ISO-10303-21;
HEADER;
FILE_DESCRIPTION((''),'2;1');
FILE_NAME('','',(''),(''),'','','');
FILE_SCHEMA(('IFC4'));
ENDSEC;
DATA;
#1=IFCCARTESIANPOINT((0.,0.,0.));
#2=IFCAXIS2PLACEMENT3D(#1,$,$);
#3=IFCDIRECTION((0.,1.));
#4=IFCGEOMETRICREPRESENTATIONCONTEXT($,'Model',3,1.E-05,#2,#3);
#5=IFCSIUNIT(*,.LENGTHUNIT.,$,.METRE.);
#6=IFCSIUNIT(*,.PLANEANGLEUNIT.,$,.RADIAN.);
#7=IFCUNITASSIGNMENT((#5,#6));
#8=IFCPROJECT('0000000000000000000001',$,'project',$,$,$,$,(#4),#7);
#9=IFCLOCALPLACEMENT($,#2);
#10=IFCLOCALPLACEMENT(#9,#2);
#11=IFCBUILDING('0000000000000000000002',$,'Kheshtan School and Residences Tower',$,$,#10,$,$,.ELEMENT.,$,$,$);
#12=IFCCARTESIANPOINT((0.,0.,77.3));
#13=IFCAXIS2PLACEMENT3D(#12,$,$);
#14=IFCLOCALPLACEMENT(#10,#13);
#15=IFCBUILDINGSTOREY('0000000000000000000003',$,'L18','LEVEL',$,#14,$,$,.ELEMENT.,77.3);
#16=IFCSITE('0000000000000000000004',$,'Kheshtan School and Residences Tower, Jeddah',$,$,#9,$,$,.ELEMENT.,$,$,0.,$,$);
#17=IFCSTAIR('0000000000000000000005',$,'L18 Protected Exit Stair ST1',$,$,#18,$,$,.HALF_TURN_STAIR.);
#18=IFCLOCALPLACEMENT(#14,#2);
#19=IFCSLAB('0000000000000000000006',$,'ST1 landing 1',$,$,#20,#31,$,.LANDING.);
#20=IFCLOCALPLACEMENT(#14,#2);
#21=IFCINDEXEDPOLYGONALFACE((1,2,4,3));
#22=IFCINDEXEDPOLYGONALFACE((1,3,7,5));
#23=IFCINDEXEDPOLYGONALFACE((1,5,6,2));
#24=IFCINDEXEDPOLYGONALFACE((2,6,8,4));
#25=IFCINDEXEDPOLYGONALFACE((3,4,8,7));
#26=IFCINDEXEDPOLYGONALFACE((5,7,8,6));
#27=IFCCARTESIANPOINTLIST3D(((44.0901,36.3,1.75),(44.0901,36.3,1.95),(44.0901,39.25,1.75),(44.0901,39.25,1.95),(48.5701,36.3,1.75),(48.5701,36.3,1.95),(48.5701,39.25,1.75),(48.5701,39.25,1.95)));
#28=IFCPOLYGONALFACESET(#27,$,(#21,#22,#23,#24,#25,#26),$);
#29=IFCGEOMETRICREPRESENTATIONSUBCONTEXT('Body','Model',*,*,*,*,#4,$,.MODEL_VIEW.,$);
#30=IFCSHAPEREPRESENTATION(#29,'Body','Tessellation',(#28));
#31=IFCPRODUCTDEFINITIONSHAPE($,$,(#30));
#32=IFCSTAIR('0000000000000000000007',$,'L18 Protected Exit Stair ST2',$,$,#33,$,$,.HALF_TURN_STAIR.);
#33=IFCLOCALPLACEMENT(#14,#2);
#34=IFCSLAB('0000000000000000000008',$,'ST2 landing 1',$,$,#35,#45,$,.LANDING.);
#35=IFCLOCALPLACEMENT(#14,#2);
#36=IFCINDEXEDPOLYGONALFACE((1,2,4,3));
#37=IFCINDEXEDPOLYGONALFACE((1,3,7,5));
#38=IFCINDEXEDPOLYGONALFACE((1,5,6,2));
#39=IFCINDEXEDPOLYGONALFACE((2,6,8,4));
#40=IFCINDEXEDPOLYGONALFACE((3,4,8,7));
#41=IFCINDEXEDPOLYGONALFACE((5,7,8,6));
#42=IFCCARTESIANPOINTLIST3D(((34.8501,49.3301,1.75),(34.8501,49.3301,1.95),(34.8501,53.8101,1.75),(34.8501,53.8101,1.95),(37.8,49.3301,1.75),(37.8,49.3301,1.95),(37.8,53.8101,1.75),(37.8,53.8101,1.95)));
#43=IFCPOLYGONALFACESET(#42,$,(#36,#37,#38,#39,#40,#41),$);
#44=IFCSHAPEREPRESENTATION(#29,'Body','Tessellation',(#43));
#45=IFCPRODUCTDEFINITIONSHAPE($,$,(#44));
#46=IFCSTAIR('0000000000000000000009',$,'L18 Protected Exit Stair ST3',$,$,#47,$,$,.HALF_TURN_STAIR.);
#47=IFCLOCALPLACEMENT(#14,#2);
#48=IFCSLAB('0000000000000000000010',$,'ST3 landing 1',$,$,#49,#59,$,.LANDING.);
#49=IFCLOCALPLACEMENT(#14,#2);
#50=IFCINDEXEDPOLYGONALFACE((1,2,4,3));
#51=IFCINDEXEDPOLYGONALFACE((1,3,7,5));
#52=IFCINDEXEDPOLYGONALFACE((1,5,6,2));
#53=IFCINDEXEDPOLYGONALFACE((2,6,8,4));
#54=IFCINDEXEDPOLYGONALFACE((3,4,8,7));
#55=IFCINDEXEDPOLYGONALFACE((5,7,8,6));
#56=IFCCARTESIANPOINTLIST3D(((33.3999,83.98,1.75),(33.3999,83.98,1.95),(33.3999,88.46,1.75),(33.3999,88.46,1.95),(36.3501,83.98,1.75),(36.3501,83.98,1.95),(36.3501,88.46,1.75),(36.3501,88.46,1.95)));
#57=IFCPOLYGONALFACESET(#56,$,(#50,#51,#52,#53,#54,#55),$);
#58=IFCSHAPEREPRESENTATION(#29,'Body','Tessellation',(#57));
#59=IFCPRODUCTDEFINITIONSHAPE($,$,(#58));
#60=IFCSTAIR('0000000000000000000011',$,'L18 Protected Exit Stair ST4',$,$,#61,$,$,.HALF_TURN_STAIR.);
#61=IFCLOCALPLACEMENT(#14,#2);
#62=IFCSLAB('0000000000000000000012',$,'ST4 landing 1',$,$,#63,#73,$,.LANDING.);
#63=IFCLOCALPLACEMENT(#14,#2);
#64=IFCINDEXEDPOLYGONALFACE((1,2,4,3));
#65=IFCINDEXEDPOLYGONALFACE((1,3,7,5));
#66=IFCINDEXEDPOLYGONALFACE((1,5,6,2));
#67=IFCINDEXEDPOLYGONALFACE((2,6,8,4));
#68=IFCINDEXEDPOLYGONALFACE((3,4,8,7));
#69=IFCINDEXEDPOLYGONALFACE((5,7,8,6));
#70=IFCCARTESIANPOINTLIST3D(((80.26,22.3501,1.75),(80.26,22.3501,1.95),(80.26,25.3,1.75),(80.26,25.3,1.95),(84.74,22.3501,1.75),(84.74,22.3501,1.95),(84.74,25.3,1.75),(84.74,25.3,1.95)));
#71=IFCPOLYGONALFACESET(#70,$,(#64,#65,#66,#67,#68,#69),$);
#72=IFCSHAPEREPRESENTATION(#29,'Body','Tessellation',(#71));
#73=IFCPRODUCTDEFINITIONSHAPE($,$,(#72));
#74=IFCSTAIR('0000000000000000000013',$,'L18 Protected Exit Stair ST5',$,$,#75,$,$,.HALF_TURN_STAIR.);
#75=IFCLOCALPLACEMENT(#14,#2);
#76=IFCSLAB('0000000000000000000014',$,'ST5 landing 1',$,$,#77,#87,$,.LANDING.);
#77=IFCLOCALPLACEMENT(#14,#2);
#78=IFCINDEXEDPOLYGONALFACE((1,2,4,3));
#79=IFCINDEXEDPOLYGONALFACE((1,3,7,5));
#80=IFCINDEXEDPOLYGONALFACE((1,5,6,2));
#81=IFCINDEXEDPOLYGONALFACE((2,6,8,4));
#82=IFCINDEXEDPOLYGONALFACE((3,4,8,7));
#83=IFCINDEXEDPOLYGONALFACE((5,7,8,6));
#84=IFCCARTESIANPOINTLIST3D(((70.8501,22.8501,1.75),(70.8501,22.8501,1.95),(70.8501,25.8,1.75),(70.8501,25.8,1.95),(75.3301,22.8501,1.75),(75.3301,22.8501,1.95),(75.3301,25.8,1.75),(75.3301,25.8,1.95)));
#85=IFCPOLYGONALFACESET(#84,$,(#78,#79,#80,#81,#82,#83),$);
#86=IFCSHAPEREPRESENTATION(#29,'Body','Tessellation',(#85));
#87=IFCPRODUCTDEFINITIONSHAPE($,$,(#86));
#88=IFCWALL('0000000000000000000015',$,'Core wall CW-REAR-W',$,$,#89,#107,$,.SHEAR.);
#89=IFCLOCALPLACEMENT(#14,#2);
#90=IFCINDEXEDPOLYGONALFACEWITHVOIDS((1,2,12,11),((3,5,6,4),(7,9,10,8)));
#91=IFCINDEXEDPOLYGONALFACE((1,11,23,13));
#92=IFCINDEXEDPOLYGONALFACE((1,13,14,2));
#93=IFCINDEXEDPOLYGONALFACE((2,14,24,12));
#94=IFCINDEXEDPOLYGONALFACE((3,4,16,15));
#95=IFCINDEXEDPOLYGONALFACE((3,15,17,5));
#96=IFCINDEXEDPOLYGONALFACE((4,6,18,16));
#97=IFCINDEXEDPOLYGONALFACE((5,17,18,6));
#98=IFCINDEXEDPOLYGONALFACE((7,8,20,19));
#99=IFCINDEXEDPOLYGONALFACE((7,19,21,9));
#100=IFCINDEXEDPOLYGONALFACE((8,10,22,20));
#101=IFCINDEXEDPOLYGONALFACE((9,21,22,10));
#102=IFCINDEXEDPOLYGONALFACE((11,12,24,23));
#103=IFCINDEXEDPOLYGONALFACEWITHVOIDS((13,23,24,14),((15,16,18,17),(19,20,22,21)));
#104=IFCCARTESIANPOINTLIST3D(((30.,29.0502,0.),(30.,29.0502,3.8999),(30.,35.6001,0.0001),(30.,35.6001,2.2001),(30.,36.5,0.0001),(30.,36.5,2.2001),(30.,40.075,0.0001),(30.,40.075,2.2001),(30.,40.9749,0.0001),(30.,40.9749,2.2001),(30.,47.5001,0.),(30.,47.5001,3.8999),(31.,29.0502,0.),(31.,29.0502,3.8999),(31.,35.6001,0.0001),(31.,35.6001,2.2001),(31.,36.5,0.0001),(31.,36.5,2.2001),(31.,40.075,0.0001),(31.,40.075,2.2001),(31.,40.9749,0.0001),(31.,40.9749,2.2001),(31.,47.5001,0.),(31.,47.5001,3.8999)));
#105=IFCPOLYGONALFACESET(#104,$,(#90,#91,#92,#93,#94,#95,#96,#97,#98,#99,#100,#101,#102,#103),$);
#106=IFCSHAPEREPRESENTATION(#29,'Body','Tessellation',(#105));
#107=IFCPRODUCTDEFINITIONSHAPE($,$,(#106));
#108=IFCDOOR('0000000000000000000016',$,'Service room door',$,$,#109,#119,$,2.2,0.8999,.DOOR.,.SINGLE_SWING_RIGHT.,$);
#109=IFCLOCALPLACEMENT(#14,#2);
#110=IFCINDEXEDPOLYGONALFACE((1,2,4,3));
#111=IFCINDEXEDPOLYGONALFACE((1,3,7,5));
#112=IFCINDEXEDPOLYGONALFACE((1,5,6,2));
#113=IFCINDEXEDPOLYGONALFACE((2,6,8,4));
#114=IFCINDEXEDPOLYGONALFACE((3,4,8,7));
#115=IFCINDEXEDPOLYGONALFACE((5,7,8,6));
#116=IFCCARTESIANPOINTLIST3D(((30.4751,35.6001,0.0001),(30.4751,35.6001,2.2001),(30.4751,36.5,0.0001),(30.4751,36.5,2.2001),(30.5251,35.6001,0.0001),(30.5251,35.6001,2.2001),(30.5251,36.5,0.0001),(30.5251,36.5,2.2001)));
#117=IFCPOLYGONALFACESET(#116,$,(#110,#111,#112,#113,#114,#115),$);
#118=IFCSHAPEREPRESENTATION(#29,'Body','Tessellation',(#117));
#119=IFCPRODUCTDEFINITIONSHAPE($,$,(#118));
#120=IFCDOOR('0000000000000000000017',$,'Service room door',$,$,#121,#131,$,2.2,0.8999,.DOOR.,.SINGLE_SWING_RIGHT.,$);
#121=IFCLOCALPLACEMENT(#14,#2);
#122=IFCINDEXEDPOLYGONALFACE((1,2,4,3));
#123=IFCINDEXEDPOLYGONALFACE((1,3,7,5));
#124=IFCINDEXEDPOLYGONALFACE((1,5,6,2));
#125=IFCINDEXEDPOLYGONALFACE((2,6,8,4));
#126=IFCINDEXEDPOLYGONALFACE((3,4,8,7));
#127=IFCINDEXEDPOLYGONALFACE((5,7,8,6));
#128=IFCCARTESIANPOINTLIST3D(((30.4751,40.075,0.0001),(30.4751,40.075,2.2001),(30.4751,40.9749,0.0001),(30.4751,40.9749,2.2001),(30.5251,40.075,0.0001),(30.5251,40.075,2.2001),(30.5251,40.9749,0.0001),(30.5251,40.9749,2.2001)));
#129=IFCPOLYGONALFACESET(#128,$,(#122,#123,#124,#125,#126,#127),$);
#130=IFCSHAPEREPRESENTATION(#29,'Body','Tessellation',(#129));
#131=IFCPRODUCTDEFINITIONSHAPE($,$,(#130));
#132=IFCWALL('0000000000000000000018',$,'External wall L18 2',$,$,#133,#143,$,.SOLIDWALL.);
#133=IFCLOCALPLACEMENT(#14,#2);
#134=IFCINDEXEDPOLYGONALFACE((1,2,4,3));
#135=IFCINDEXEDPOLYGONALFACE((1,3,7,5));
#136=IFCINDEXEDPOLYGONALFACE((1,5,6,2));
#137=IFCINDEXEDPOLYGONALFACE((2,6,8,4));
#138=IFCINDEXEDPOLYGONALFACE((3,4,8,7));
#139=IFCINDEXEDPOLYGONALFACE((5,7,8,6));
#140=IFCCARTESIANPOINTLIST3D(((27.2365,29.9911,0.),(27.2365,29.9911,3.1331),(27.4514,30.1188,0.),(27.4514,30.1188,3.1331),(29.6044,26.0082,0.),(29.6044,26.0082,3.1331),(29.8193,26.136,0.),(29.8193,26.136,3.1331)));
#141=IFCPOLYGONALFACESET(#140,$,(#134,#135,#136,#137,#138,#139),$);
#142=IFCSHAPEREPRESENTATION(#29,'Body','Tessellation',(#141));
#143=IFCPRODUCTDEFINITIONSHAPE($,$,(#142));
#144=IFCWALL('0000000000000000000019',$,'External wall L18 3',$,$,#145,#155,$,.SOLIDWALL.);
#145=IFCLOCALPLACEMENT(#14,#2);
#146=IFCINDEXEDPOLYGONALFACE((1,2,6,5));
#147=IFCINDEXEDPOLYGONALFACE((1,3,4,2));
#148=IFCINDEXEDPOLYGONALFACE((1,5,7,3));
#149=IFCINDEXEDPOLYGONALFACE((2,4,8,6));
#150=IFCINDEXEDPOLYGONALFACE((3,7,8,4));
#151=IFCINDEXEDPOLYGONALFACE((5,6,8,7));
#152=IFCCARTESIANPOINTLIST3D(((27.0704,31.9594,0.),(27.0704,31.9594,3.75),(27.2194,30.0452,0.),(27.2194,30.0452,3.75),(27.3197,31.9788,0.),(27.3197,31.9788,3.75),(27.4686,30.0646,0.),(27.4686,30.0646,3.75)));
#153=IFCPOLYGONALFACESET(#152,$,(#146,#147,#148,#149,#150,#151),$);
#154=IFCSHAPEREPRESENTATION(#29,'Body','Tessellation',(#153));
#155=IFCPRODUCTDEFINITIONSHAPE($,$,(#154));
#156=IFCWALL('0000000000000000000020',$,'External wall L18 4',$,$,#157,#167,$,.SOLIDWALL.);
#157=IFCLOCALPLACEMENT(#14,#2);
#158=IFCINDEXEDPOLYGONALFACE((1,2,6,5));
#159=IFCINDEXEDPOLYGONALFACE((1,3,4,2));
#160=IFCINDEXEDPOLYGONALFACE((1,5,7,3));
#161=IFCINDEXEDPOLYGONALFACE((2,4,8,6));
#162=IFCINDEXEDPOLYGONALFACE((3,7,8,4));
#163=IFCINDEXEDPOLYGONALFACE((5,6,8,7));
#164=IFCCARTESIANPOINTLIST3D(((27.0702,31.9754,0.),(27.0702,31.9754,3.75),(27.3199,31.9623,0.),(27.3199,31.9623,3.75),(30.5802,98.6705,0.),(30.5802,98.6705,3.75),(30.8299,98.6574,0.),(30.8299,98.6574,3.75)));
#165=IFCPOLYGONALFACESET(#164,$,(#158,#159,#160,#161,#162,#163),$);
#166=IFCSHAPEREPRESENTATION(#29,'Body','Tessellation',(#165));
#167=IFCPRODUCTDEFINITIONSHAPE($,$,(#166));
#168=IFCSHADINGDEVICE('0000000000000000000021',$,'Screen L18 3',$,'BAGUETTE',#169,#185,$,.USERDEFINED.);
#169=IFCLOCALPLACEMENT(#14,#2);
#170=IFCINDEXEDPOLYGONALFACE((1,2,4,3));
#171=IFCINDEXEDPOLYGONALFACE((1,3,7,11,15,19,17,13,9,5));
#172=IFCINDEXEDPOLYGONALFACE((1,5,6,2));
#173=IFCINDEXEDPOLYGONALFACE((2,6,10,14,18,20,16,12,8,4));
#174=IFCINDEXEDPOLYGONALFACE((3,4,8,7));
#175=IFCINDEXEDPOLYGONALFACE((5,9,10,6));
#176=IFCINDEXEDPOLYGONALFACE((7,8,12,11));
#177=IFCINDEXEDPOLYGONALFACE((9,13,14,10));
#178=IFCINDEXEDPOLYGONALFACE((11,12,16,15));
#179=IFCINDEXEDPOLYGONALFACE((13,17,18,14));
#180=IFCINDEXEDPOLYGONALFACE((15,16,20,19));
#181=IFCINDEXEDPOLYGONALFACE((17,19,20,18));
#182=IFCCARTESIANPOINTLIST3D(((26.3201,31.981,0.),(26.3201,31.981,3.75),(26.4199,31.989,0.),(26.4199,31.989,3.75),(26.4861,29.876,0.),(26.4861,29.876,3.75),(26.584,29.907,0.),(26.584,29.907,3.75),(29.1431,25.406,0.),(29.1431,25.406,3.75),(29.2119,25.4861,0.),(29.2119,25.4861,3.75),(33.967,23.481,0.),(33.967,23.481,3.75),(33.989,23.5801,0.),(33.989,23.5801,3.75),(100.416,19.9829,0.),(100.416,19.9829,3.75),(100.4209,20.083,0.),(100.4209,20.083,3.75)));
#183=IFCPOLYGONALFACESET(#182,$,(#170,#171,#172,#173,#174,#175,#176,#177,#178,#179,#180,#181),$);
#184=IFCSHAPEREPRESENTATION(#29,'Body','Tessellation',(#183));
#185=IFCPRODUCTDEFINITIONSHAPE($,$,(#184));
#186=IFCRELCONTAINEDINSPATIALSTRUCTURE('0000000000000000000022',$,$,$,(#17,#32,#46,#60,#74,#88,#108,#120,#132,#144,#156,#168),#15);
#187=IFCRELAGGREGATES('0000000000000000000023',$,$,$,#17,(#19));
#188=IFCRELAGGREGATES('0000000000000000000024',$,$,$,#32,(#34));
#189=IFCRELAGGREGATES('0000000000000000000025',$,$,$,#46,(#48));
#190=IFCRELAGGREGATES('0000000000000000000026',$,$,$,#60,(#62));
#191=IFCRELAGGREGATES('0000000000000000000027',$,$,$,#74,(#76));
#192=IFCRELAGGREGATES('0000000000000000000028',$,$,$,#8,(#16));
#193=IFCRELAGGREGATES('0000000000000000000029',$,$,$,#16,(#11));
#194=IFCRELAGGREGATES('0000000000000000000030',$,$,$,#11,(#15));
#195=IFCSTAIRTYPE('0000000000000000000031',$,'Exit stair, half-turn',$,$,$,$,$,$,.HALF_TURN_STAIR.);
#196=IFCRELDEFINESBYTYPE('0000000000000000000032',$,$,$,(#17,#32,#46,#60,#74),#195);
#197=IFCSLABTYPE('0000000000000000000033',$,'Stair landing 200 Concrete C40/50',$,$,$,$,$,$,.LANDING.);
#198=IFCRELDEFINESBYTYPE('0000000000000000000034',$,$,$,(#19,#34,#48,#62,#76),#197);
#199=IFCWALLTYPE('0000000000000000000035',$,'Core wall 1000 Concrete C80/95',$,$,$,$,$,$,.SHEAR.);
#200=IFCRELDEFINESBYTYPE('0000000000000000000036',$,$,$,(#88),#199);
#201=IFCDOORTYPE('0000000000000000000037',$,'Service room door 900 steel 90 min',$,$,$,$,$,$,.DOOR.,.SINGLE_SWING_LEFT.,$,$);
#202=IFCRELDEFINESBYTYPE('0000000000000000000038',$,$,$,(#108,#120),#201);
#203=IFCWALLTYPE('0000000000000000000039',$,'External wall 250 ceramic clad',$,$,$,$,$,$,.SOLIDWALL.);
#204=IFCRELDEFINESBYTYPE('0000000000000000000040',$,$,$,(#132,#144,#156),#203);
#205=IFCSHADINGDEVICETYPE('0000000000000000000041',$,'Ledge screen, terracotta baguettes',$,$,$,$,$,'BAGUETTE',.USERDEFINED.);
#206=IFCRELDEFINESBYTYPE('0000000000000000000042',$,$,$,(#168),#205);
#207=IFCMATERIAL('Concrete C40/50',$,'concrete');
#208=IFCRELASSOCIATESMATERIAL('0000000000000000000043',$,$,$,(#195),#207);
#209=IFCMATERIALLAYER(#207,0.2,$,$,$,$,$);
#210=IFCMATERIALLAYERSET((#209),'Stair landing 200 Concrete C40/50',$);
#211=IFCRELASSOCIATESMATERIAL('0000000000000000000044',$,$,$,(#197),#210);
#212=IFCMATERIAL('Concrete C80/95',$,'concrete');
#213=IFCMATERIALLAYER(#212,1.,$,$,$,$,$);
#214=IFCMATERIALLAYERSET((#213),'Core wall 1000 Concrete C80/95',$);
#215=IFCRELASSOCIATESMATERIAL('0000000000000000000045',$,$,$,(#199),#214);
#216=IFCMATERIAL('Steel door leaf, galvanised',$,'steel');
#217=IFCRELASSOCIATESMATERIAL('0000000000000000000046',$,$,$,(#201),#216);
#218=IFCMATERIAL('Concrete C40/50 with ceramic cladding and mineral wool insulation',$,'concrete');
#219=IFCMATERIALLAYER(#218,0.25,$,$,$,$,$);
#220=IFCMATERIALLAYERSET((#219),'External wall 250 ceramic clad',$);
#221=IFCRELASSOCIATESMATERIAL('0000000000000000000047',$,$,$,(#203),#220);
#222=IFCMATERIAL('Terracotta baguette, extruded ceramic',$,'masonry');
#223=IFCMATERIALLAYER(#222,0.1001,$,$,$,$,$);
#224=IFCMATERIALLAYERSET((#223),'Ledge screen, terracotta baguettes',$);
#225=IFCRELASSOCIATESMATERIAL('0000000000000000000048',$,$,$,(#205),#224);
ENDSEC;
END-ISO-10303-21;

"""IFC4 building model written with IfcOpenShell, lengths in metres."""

from ifc_helpers import new_model, si_unit, direction, frame, frame_2d, origin, place, context, subcontext, project, spatial, polyline, rectangle, outline, extrude, source, transform, mapped, material, layer, layer_set, type_object, element, fill, aggregate, save


model = new_model("IFC4")

# Units and contexts
model_context = context("Model", 3, precision=1e-05, world=origin(), true_north=direction((0.0, 1.0)))
body_context = subcontext(model_context, "Body", "Model", "MODEL_VIEW")
ifc_project = project(units=[si_unit("LENGTHUNIT", "METRE"), si_unit("PLANEANGLEUNIT", "RADIAN")], contexts=[model_context])

# Site, building, storey
site_placement = place(None, origin())
site = spatial("IfcSite", under=ifc_project, at=site_placement, Name="Kheshtan School and Residences Tower, Jeddah", CompositionType="ELEMENT", RefElevation=0.0)
building_placement = place(site_placement, origin())
building = spatial("IfcBuilding", under=site, at=building_placement, Name="Kheshtan School and Residences Tower", CompositionType="ELEMENT")
storey_placement = place(building_placement, frame((0.0, 0.0, 77.3)))
storey = spatial("IfcBuildingStorey", under=building, at=storey_placement, Name="L18", Description="LEVEL", CompositionType="ELEMENT", Elevation=77.3)

# Shared definitions
ifc_material_1 = material(Name="Concrete C40/50", Category="concrete")

# Stairs, slabs
stair_type = type_object("IfcStairType", Name="Exit stair, half-turn", PredefinedType="HALF_TURN_STAIR", material=ifc_material_1)
stair_1_placement = place(storey_placement, origin())
stair_1 = element("IfcStair", 1, at=stair_1_placement, inside=storey, type_object=stair_type, Name="L18 Protected Exit Stair ST1", PredefinedType="HALF_TURN_STAIR")
ifc_layer_1 = layer(ifc_material_1, 0.2)
ifc_layer_set_1 = layer_set([ifc_layer_1], Name="Stair landing 200 Concrete C40/50")
slab_type_1 = type_object("IfcSlabType", Name="Stair landing 200 Concrete C40/50", PredefinedType="LANDING", material=ifc_layer_set_1)
slab_1_placement = place(storey_placement, frame((0.0, 0.0, 1.75)))
slab_1 = element("IfcSlab", 2, at=slab_1_placement, type_object=slab_type_1, Name="ST1 landing 1", PredefinedType="LANDING", context=body_context, shape_type="SweptSolid", body=[
    extrude(outline(polyline([(48.5701, 39.25), (44.0901, 39.25), (44.0901, 36.3), (48.5701, 36.3), (48.5701, 39.25)])), origin(), (0.0, 0.0, 1.0), 0.2),
])
aggregate(stair_1, [slab_1])
stair_2_placement = place(storey_placement, origin())
stair_2 = element("IfcStair", 3, at=stair_2_placement, inside=storey, type_object=stair_type, Name="L18 Protected Exit Stair ST2", PredefinedType="HALF_TURN_STAIR")
slab_2_placement = place(storey_placement, frame((0.0, 0.0, 1.75)))
slab_2 = element("IfcSlab", 4, at=slab_2_placement, type_object=slab_type_1, Name="ST2 landing 1", PredefinedType="LANDING", context=body_context, shape_type="SweptSolid", body=[
    extrude(outline(polyline([(37.8, 49.3301), (37.8, 53.8101), (34.8501, 53.8101), (34.8501, 49.3301), (37.8, 49.3301)])), origin(), (0.0, 0.0, 1.0), 0.2),
])
aggregate(stair_2, [slab_2])
stair_3_placement = place(storey_placement, origin())
stair_3 = element("IfcStair", 5, at=stair_3_placement, inside=storey, type_object=stair_type, Name="L18 Protected Exit Stair ST3", PredefinedType="HALF_TURN_STAIR")
slab_3_placement = place(storey_placement, frame((0.0, 0.0, 1.75)))
slab_3 = element("IfcSlab", 6, at=slab_3_placement, type_object=slab_type_1, Name="ST3 landing 1", PredefinedType="LANDING", context=body_context, shape_type="SweptSolid", body=[
    extrude(outline(polyline([(36.3501, 83.98), (36.3501, 88.46), (33.3999, 88.46), (33.3999, 83.98), (36.3501, 83.98)])), origin(), (0.0, 0.0, 1.0), 0.2),
])
aggregate(stair_3, [slab_3])
stair_4_placement = place(storey_placement, origin())
stair_4 = element("IfcStair", 7, at=stair_4_placement, inside=storey, type_object=stair_type, Name="L18 Protected Exit Stair ST4", PredefinedType="HALF_TURN_STAIR")
slab_4_placement = place(storey_placement, frame((0.0, 0.0, 1.75)))
slab_4 = element("IfcSlab", 8, at=slab_4_placement, type_object=slab_type_1, Name="ST4 landing 1", PredefinedType="LANDING", context=body_context, shape_type="SweptSolid", body=[
    extrude(outline(polyline([(84.74, 25.3), (80.26, 25.3), (80.26, 22.3501), (84.74, 22.3501), (84.74, 25.3)])), origin(), (0.0, 0.0, 1.0), 0.2),
])
aggregate(stair_4, [slab_4])
stair_5_placement = place(storey_placement, origin())
stair_5 = element("IfcStair", 9, at=stair_5_placement, inside=storey, type_object=stair_type, Name="L18 Protected Exit Stair ST5", PredefinedType="HALF_TURN_STAIR")
slab_5_placement = place(storey_placement, frame((0.0, 0.0, 1.75)))
slab_5 = element("IfcSlab", 10, at=slab_5_placement, type_object=slab_type_1, Name="ST5 landing 1", PredefinedType="LANDING", context=body_context, shape_type="SweptSolid", body=[
    extrude(outline(polyline([(75.3301, 25.8), (70.8501, 25.8), (70.8501, 22.8501), (75.3301, 22.8501), (75.3301, 25.8)])), origin(), (0.0, 0.0, 1.0), 0.2),
])
aggregate(stair_5, [slab_5])

# Wall, openings, doors
ifc_material_2 = material(Name="Concrete C80/95", Category="concrete")
ifc_layer_2 = layer(ifc_material_2, 1.0)
ifc_layer_set_2 = layer_set([ifc_layer_2], Name="Core wall 1000 Concrete C80/95")
wall_type_1 = type_object("IfcWallType", Name="Core wall 1000 Concrete C80/95", PredefinedType="SHEAR", material=ifc_layer_set_2)
wall_1_placement = place(storey_placement, frame((30.5, 29.05, 0.0), z_axis=(0.0, 0.0, 1.0), x_axis=(0.0, 1.0, 0.0)))
wall_1 = element("IfcWall", 11, at=wall_1_placement, inside=storey, type_object=wall_type_1, Name="Core wall CW-REAR-W", PredefinedType="SHEAR", context=body_context, shape_type="SweptSolid", body=[
    extrude(rectangle(XDim=18.45, YDim=1.0, at=frame_2d((9.2251, 0.0))), origin(), (0.0, 0.0, 1.0), 3.8999),
])
opening_1_placement = place(wall_1_placement, frame((6.55, 0.0, 0.0)))
opening_1 = element("IfcOpeningElement", 12, at=opening_1_placement, cuts=wall_1, PredefinedType="OPENING", context=body_context, shape_type="SweptSolid", body=[
    extrude(rectangle(XDim=0.8999, YDim=2.2, at=frame_2d((0.45, 1.1001))), frame((0.0, 0.51, 0.0), z_axis=(0.0, -1.0, 0.0), x_axis=(1.0, 0.0, 0.0)), (0.0, 0.0, 1.0), 1.02),
])
opening_2_placement = place(wall_1_placement, frame((11.0249, 0.0, 0.0)))
opening_2 = element("IfcOpeningElement", 13, at=opening_2_placement, cuts=wall_1, PredefinedType="OPENING", context=body_context, shape_type="SweptSolid", body=[
    extrude(rectangle(XDim=0.8999, YDim=2.2, at=frame_2d((0.45, 1.1001))), frame((0.0, 0.51, 0.0), z_axis=(0.0, -1.0, 0.0), x_axis=(1.0, 0.0, 0.0)), (0.0, 0.0, 1.0), 1.02),
])
ifc_material_3 = material(Name="Steel door leaf, galvanised", Category="steel")
door_type = type_object("IfcDoorType", Name="Service room door 900 steel 90 min", OperationType="SINGLE_SWING_LEFT", PredefinedType="DOOR", material=ifc_material_3)
shared_shape = source(origin(), body_context, "Body", "SweptSolid", [
    extrude(rectangle(XDim=0.8999, YDim=2.2, at=frame_2d((0.45, 1.1001))), frame((0.0, 0.0249, 0.0), z_axis=(0.0, -1.0, 0.0), x_axis=(1.0, 0.0, 0.0)), (0.0, 0.0, 1.0), 0.05),
])
door_1_placement = place(opening_1_placement, origin())
door_1 = element("IfcDoor", 14, at=door_1_placement, inside=storey, type_object=door_type, Name="Service room door", OperationType="SINGLE_SWING_RIGHT", OverallHeight=2.2, OverallWidth=0.8999, PredefinedType="DOOR", context=body_context, shape_type="MappedRepresentation", body=[
    mapped(shared_shape, transform((0.0, 0.0, 0.0), x_axis=(1.0, 0.0, 0.0), y_axis=(0.0, 1.0, 0.0), z_axis=(0.0, 0.0, 1.0), scale=1.0)),
])
fill(opening_1, door_1)
door_2_placement = place(opening_2_placement, origin())
door_2 = element("IfcDoor", 15, at=door_2_placement, inside=storey, type_object=door_type, Name="Service room door", OperationType="SINGLE_SWING_RIGHT", OverallHeight=2.2, OverallWidth=0.8999, PredefinedType="DOOR", context=body_context, shape_type="MappedRepresentation", body=[
    mapped(shared_shape, transform((0.0, 0.0, 0.0), x_axis=(1.0, 0.0, 0.0), y_axis=(0.0, 1.0, 0.0), z_axis=(0.0, 0.0, 1.0), scale=1.0)),
])
fill(opening_2, door_2)

# Walls
ifc_material_4 = material(Name="Concrete C40/50 with ceramic cladding and mineral wool insulation", Category="concrete")
ifc_layer_3 = layer(ifc_material_4, 0.25)
ifc_layer_set_3 = layer_set([ifc_layer_3], Name="External wall 250 ceramic clad")
wall_type_2 = type_object("IfcWallType", Name="External wall 250 ceramic clad", PredefinedType="SOLIDWALL", material=ifc_layer_set_3)
wall_2_placement = place(storey_placement, frame((29.7119, 26.072, 0.0), z_axis=(0.0, 0.0, 1.0), x_axis=(-0.511028, 0.859564, 0.0)))
element("IfcWall", 16, at=wall_2_placement, inside=storey, type_object=wall_type_2, Name="External wall L18 2", PredefinedType="SOLIDWALL", context=body_context, shape_type="SweptSolid", body=[
    extrude(rectangle(XDim=4.6335, YDim=0.25, at=frame_2d((2.3169, 0.0))), origin(), (0.0, 0.0, 1.0), 3.1331),
])
wall_3_placement = place(storey_placement, frame((27.344, 30.0549, 0.0), z_axis=(0.0, 0.0, 1.0), x_axis=(-0.077572, 0.996987, 0.0)))
element("IfcWall", 17, at=wall_3_placement, inside=storey, type_object=wall_type_2, Name="External wall L18 3", PredefinedType="SOLIDWALL", context=body_context, shape_type="SweptSolid", body=[
    extrude(rectangle(XDim=1.9199, YDim=0.25, at=frame_2d((0.96, 0.0))), origin(), (0.0, 0.0, 1.0), 3.75),
])
wall_4_placement = place(storey_placement, frame((27.1951, 31.969, 0.0), z_axis=(0.0, 0.0, 1.0), x_axis=(0.052555, 0.998618, 0.0)))
element("IfcWall", 18, at=wall_4_placement, inside=storey, type_object=wall_type_2, Name="External wall L18 4", PredefinedType="SOLIDWALL", context=body_context, shape_type="SweptSolid", body=[
    extrude(rectangle(XDim=66.7874, YDim=0.25, at=frame_2d((33.3936, 0.0))), origin(), (0.0, 0.0, 1.0), 3.75),
])

# Shading device
ifc_material_5 = material(Name="Terracotta baguette, extruded ceramic", Category="masonry")
ifc_layer_4 = layer(ifc_material_5, 0.1001)
ifc_layer_set_4 = layer_set([ifc_layer_4], Name="Ledge screen, terracotta baguettes")
shading_device_type_1 = type_object("IfcShadingDeviceType", Name="Ledge screen, terracotta baguettes", ElementType="BAGUETTE", PredefinedType="USERDEFINED", material=ifc_layer_set_4)
shading_device_1_placement = place(storey_placement, origin())
element("IfcShadingDevice", 19, at=shading_device_1_placement, inside=storey, type_object=shading_device_type_1, Name="Screen L18 3", ObjectType="BAGUETTE", PredefinedType="USERDEFINED", context=body_context, shape_type="SweptSolid", body=[
    extrude(outline(polyline([(100.4209, 20.083), (33.989, 23.5801), (29.2119, 25.4861), (26.584, 29.907), (26.4199, 31.989), (26.3201, 31.981), (26.4861, 29.876), (29.1431, 25.406), (33.967, 23.481), (100.416, 19.9829), (100.4209, 20.083)])), origin(), (0.0, 0.0, 1.0), 3.75),
])

save(model, "model.ifc")
